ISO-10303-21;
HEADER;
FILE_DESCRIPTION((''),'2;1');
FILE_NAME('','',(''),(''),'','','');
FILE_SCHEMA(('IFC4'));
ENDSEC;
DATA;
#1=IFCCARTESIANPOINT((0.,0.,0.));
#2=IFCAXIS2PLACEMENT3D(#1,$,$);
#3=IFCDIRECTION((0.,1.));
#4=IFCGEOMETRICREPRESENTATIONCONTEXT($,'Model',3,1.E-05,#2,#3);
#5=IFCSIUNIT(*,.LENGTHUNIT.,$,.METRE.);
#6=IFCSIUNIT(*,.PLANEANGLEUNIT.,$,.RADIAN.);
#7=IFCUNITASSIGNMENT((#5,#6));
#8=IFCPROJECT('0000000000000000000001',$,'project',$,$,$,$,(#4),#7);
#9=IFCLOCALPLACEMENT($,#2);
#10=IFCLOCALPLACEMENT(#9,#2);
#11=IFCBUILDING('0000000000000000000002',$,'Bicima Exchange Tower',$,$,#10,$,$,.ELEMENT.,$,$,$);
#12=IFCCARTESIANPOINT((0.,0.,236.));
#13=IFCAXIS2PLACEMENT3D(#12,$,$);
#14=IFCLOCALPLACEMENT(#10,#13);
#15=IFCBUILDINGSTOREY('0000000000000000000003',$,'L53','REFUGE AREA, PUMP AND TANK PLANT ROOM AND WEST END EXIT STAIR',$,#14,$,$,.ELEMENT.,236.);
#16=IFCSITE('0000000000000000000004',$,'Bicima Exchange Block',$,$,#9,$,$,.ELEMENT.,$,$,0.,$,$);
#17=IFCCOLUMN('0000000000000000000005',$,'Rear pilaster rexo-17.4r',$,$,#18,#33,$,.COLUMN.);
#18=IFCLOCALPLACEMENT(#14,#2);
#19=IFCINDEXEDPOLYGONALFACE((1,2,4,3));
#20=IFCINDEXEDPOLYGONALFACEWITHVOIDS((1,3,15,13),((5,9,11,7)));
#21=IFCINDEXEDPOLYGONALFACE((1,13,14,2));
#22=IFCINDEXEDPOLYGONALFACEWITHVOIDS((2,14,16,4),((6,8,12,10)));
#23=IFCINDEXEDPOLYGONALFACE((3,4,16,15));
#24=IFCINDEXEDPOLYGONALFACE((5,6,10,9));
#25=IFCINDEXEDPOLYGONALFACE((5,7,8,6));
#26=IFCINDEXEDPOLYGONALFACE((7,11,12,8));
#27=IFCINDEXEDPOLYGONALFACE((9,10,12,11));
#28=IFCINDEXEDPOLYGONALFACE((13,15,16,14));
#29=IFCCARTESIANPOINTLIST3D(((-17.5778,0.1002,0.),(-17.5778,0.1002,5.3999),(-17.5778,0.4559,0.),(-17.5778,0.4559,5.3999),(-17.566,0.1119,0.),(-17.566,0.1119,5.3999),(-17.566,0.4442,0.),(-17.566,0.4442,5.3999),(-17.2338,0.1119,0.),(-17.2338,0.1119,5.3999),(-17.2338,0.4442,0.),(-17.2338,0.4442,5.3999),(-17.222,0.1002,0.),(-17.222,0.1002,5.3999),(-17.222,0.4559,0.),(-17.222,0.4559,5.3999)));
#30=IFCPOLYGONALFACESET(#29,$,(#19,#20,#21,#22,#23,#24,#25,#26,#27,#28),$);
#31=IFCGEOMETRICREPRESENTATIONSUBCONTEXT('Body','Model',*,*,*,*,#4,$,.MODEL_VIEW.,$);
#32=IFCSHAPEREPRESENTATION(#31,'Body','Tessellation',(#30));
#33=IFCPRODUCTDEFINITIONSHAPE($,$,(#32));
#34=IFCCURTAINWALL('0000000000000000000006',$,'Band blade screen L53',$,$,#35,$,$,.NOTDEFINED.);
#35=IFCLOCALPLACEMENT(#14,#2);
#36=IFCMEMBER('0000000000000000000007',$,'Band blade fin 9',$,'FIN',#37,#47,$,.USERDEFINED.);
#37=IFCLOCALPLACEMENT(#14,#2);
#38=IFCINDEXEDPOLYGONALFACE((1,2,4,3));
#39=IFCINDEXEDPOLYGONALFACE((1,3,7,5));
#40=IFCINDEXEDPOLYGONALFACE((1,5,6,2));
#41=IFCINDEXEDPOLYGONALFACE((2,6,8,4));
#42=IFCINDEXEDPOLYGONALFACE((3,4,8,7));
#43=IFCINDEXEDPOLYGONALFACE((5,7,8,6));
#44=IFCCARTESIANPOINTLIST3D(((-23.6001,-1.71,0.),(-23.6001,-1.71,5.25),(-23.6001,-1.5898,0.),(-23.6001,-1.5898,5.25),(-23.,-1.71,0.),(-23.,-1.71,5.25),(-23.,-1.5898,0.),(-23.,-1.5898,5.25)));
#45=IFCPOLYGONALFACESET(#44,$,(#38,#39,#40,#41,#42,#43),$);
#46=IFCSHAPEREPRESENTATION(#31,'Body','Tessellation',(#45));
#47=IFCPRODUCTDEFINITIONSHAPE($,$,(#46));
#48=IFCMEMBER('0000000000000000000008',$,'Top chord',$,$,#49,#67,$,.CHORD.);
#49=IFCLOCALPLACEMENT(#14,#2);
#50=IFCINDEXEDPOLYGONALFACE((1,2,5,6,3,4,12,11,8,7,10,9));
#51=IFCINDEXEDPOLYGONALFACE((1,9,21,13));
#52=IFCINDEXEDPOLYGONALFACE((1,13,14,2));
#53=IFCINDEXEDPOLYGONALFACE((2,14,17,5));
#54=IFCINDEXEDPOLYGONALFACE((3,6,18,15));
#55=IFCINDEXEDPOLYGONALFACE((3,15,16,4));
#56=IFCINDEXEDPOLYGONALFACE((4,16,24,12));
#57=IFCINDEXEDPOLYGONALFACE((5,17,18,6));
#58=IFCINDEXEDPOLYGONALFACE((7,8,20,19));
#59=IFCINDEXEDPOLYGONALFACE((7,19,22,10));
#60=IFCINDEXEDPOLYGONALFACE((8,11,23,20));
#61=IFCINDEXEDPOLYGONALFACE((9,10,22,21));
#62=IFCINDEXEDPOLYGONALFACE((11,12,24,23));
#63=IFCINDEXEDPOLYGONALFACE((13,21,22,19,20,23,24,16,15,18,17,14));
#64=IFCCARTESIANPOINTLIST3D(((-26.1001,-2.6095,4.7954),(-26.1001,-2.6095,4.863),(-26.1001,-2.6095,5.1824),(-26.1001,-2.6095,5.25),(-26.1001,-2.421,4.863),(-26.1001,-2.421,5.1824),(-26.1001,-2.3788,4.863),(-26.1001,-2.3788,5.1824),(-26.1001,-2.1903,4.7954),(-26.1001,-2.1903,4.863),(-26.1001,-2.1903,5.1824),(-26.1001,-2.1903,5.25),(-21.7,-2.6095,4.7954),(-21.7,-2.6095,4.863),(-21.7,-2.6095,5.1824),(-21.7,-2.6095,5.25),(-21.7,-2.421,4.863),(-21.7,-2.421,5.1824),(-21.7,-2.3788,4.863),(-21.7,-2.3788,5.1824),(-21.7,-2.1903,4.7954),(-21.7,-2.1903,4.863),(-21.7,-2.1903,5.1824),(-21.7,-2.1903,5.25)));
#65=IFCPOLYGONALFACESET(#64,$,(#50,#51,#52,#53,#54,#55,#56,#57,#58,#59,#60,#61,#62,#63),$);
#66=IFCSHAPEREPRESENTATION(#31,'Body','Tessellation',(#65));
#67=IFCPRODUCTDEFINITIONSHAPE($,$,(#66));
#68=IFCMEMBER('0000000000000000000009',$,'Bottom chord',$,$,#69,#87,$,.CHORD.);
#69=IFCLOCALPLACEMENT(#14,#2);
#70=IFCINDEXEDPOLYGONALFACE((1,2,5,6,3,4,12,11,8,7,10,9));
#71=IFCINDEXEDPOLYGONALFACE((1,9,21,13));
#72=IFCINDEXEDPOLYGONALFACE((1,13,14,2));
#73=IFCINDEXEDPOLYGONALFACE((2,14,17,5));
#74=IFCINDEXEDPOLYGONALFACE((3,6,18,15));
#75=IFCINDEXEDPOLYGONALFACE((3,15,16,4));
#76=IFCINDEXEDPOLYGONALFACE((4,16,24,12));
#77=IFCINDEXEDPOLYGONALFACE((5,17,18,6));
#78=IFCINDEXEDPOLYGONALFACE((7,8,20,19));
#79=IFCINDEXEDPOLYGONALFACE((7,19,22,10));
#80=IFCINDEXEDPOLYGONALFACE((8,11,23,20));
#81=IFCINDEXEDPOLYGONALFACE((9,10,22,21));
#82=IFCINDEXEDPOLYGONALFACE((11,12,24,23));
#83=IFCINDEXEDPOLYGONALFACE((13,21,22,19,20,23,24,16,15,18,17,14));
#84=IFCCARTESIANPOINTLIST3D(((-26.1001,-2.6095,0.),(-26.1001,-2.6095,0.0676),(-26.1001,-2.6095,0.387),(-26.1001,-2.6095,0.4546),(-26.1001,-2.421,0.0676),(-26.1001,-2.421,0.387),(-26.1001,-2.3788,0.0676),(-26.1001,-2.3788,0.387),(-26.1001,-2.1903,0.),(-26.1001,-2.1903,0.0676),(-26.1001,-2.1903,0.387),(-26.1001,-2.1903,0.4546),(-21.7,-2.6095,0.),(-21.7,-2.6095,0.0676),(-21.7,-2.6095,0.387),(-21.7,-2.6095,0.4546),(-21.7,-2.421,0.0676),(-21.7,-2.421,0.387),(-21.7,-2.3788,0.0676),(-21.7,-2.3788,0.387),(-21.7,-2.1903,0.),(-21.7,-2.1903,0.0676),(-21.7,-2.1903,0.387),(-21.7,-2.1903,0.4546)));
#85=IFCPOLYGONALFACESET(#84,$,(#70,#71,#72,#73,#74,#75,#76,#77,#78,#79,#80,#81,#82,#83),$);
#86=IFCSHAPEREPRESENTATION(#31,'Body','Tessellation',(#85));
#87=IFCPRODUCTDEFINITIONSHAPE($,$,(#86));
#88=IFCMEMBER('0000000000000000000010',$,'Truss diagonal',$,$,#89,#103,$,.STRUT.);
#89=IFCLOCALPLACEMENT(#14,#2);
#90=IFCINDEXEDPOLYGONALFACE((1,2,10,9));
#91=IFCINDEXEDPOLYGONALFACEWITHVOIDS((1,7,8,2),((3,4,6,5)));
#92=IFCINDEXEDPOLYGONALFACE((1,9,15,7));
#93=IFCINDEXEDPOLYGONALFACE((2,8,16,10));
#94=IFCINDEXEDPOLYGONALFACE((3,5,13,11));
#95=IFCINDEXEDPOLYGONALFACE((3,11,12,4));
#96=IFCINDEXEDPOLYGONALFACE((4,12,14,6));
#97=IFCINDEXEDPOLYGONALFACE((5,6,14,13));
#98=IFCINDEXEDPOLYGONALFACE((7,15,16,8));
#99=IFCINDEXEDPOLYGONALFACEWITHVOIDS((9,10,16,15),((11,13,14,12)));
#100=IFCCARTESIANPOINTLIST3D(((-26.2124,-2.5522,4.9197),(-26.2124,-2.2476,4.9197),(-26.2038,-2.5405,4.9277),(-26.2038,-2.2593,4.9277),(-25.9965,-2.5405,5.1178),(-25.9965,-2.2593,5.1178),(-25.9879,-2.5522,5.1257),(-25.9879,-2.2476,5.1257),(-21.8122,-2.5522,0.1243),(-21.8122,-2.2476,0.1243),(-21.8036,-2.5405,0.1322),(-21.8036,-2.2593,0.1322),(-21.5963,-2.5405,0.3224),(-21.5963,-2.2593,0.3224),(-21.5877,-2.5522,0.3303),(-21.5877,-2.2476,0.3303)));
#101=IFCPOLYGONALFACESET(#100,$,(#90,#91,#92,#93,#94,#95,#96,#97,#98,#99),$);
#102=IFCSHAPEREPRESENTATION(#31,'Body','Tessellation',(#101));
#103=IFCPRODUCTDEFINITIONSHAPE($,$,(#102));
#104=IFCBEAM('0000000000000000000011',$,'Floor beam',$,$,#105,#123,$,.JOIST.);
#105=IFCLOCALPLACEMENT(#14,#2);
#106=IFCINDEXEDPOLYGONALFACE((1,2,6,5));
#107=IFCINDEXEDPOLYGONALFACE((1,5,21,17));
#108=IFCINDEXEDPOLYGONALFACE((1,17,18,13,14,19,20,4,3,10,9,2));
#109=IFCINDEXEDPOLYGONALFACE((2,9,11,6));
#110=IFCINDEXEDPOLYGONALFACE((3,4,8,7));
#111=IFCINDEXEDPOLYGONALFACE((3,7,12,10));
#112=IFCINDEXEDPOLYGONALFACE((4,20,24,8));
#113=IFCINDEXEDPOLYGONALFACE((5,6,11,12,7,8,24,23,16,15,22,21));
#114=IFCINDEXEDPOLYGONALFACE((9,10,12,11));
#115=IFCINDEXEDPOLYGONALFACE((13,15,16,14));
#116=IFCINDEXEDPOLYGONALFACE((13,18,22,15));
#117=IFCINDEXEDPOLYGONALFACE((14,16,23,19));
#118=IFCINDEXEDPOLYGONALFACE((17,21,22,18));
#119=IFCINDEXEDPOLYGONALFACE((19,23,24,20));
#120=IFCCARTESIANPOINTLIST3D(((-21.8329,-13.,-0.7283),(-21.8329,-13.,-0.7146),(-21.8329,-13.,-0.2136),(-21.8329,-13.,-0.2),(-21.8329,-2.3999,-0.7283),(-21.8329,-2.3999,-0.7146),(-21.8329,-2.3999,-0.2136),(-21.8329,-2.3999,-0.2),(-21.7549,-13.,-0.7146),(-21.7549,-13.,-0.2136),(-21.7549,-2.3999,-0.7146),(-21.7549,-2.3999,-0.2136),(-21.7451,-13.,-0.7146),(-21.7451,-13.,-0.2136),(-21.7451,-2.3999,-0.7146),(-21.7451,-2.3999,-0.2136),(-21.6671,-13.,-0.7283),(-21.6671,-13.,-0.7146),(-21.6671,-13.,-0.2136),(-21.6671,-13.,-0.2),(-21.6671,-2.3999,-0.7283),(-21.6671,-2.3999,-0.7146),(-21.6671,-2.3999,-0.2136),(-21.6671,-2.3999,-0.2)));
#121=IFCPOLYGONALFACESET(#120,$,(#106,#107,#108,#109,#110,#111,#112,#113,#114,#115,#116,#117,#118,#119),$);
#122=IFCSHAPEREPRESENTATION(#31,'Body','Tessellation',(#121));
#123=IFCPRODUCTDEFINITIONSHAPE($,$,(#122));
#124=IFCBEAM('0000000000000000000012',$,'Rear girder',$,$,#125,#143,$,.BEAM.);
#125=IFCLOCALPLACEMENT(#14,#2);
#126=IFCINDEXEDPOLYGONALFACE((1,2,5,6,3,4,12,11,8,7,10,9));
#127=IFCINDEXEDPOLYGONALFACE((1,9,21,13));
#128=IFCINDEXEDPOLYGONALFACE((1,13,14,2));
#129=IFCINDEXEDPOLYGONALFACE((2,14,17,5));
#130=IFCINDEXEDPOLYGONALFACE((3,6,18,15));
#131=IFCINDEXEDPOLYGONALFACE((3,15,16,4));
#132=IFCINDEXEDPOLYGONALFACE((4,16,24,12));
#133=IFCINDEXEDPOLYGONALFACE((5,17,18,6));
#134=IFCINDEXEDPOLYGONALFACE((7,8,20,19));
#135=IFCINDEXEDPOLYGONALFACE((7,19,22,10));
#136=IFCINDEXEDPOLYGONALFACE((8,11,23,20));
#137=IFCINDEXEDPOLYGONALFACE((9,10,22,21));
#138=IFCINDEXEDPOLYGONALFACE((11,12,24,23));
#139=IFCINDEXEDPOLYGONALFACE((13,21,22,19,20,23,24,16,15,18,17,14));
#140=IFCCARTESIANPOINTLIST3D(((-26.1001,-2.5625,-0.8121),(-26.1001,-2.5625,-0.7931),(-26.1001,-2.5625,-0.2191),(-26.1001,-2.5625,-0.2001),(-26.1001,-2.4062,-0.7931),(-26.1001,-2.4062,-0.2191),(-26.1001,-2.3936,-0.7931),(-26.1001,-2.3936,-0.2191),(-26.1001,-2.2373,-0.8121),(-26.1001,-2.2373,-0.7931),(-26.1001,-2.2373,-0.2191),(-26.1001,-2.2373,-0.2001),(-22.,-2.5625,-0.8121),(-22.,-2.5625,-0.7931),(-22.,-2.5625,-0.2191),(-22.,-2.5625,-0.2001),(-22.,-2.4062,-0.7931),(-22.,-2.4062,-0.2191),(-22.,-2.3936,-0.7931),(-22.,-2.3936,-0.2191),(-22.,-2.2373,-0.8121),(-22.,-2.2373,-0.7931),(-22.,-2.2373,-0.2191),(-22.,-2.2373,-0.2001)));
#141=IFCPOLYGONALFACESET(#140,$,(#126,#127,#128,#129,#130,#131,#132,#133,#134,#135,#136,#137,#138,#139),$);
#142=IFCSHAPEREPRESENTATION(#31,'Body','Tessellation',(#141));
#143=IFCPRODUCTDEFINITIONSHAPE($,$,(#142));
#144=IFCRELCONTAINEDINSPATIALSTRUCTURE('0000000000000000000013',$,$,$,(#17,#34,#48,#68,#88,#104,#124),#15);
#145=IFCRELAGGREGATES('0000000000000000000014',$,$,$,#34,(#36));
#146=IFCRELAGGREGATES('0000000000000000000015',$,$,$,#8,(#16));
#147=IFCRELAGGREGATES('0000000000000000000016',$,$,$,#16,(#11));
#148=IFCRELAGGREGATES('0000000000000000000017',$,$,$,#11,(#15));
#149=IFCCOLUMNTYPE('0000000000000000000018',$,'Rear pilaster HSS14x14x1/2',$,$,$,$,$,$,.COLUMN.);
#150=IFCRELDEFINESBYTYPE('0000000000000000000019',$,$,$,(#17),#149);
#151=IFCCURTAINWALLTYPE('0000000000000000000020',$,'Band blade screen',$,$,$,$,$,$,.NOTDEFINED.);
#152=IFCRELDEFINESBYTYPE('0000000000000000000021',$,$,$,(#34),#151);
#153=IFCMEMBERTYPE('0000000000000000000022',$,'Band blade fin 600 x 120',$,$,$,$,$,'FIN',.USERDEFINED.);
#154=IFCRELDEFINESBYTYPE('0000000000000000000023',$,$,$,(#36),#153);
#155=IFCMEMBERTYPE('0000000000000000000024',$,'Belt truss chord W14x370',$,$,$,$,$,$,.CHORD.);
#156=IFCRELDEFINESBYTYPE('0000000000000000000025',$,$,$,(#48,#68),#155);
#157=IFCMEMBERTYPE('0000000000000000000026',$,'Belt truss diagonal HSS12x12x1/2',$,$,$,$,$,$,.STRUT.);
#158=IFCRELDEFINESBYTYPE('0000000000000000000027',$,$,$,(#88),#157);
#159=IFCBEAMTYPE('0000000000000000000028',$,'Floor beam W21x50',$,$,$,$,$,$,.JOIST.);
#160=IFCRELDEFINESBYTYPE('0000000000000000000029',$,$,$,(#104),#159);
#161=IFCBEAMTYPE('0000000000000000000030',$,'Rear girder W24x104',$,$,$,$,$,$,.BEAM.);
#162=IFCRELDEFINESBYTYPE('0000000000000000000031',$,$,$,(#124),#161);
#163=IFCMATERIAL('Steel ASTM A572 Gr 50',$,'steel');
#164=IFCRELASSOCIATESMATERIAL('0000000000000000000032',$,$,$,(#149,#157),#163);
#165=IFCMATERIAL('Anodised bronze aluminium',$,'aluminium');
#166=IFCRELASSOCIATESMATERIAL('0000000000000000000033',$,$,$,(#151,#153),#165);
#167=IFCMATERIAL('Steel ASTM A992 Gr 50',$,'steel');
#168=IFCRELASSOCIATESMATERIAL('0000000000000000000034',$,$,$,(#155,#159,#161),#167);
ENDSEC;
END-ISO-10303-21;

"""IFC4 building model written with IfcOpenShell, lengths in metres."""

from ifc_helpers import new_model, si_unit, direction, frame, origin, origin_2d, place, context, subcontext, project, spatial, rectangle, hollow_rectangle, i_section, extrude, material, material_profile, profile_set, type_object, element, aggregate, save


model = new_model("IFC4")

# Units and contexts
model_context = context("Model", 3, precision=1e-05, world=origin(), true_north=direction((0.0, 1.0)))
body_context = subcontext(model_context, "Body", "Model", "MODEL_VIEW")
ifc_project = project(units=[si_unit("LENGTHUNIT", "METRE"), si_unit("PLANEANGLEUNIT", "RADIAN")], contexts=[model_context])

# Site, building, storey
site_placement = place(None, origin())
site = spatial("IfcSite", under=ifc_project, at=site_placement, Name="Bicima Exchange Block", CompositionType="ELEMENT", RefElevation=0.0)
building_placement = place(site_placement, origin())
building = spatial("IfcBuilding", under=site, at=building_placement, Name="Bicima Exchange Tower", CompositionType="ELEMENT")
storey_placement = place(building_placement, frame((0.0, 0.0, 236.0)))
storey = spatial("IfcBuildingStorey", under=building, at=storey_placement, Name="L53", Description="REFUGE AREA, PUMP AND TANK PLANT ROOM AND WEST END EXIT STAIR", CompositionType="ELEMENT", Elevation=236.0)

# Column
ifc_material_1 = material(Name="Steel ASTM A572 Gr 50", Category="steel")
ifc_material_profile_1 = material_profile(ifc_material_1, hollow_rectangle(XDim=0.3557, YDim=0.3557, WallThickness=0.0117, at=origin_2d()))
ifc_profile_set_1 = profile_set([ifc_material_profile_1], Name="Steel ASTM A572 Gr 50")
column_type = type_object("IfcColumnType", Name="Rear pilaster HSS14x14x1/2", PredefinedType="COLUMN", material=ifc_profile_set_1)
column_placement = place(storey_placement, frame((-17.3999, 0.2781, 0.0), z_axis=(0.0, 0.0, 1.0), x_axis=(1.0, 0.0, 0.0)))
element("IfcColumn", 1, at=column_placement, inside=storey, type_object=column_type, Name="Rear pilaster rexo-17.4r", PredefinedType="COLUMN", context=body_context, shape_type="SweptSolid", body=[
    extrude(hollow_rectangle(XDim=0.3557, YDim=0.3557, WallThickness=0.0117, at=origin_2d()), origin(), (0.0, 0.0, 1.0), 5.3999),
])

# Curtain wall, member
ifc_material_2 = material(Name="Anodised bronze aluminium", Category="aluminium")
curtain_wall_type = type_object("IfcCurtainWallType", Name="Band blade screen", PredefinedType="NOTDEFINED", material=ifc_material_2)
curtain_wall_placement = place(storey_placement, origin())
curtain_wall = element("IfcCurtainWall", 2, at=curtain_wall_placement, inside=storey, type_object=curtain_wall_type, Name="Band blade screen L53", PredefinedType="NOTDEFINED")
ifc_material_profile_2 = material_profile(ifc_material_2, rectangle(XDim=0.6001, YDim=0.1201, at=origin_2d()))
ifc_profile_set_2 = profile_set([ifc_material_profile_2], Name="Anodised bronze aluminium")
member_type_1 = type_object("IfcMemberType", Name="Band blade fin 600 x 120", ElementType="FIN", PredefinedType="USERDEFINED", material=ifc_profile_set_2)
member_1_placement = place(storey_placement, frame((-23.3, -1.6499, 0.0), z_axis=(0.0, 0.0, 1.0), x_axis=(1.0, 0.0, 0.0)))
member_1 = element("IfcMember", 3, at=member_1_placement, type_object=member_type_1, Name="Band blade fin 9", ObjectType="FIN", PredefinedType="USERDEFINED", context=body_context, shape_type="SweptSolid", body=[
    extrude(rectangle(XDim=0.6001, YDim=0.1201, at=origin_2d()), origin(), (0.0, 0.0, 1.0), 5.25),
])
aggregate(curtain_wall, [member_1])

# Members
ifc_material_3 = material(Name="Steel ASTM A992 Gr 50", Category="steel")
ifc_material_profile_3 = material_profile(ifc_material_3, i_section(OverallWidth=0.4192, OverallDepth=0.4546, WebThickness=0.0422, FlangeThickness=0.0676, at=origin_2d()))
ifc_profile_set_3 = profile_set([ifc_material_profile_3], Name="Steel ASTM A992 Gr 50")
member_type_2 = type_object("IfcMemberType", Name="Belt truss chord W14x370", PredefinedType="CHORD", material=ifc_profile_set_3)
for number, where, z_axis, x_axis, name in (
    (4, (-21.7, -2.3999, 5.0227), (-1.0, 0.0, 0.0), (0.0, -1.0, 0.0), "Top chord"),
    (5, (-21.7, -2.3999, 0.2273), (-1.0, 0.0, 0.0), (0.0, -1.0, 0.0), "Bottom chord"),
):
    element("IfcMember", number, at=place(storey_placement, frame(where, z_axis=z_axis, x_axis=x_axis)), inside=storey, type_object=member_type_2, Name=name, PredefinedType="CHORD", context=body_context, shape_type="SweptSolid", body=[
        extrude(i_section(OverallWidth=0.4192, OverallDepth=0.4546, WebThickness=0.0422, FlangeThickness=0.0676, at=origin_2d()), origin(), (0.0, 0.0, 1.0), 4.4001),
    ])
ifc_material_profile_4 = material_profile(ifc_material_1, hollow_rectangle(XDim=0.3047, YDim=0.3047, WallThickness=0.0117, at=origin_2d()))
ifc_profile_set_4 = profile_set([ifc_material_profile_4], Name="Steel ASTM A572 Gr 50")
member_type_3 = type_object("IfcMemberType", Name="Belt truss diagonal HSS12x12x1/2", PredefinedType="STRUT", material=ifc_profile_set_4)
member_2_placement = place(storey_placement, frame((-21.7, -2.3999, 0.2273), z_axis=(-0.676088, 0.0, 0.736821), x_axis=(0.0, -1.0, 0.0)))
element("IfcMember", 6, at=member_2_placement, inside=storey, type_object=member_type_3, Name="Truss diagonal", PredefinedType="STRUT", context=body_context, shape_type="SweptSolid", body=[
    extrude(hollow_rectangle(XDim=0.3047, YDim=0.3047, WallThickness=0.0117, at=origin_2d()), origin(), (0.0, 0.0, 1.0), 6.5083),
])

# Beams
ifc_material_profile_5 = material_profile(ifc_material_3, i_section(OverallWidth=0.1658, OverallDepth=0.5283, WebThickness=0.0098, FlangeThickness=0.0137, at=origin_2d()))
ifc_profile_set_5 = profile_set([ifc_material_profile_5], Name="Steel ASTM A992 Gr 50")
beam_type_1 = type_object("IfcBeamType", Name="Floor beam W21x50", PredefinedType="JOIST", material=ifc_profile_set_5)
beam_1_placement = place(storey_placement, frame((-21.75, -2.3999, -0.4641), z_axis=(0.0, -1.0, 0.0), x_axis=(1.0, 0.0, 0.0)))
element("IfcBeam", 7, at=beam_1_placement, inside=storey, type_object=beam_type_1, Name="Floor beam", PredefinedType="JOIST", context=body_context, shape_type="SweptSolid", body=[
    extrude(i_section(OverallWidth=0.1658, OverallDepth=0.5283, WebThickness=0.0098, FlangeThickness=0.0137, at=origin_2d()), origin(), (0.0, 0.0, 1.0), 10.6001),
])
ifc_material_profile_6 = material_profile(ifc_material_3, i_section(OverallWidth=0.3252, OverallDepth=0.6121, WebThickness=0.0127, FlangeThickness=0.019, at=origin_2d()))
ifc_profile_set_6 = profile_set([ifc_material_profile_6], Name="Steel ASTM A992 Gr 50")
beam_type_2 = type_object("IfcBeamType", Name="Rear girder W24x104", PredefinedType="BEAM", material=ifc_profile_set_6)
beam_2_placement = place(storey_placement, frame((-22.0, -2.3999, -0.5061), z_axis=(-1.0, 0.0, 0.0), x_axis=(0.0, -1.0, 0.0)))
element("IfcBeam", 8, at=beam_2_placement, inside=storey, type_object=beam_type_2, Name="Rear girder", PredefinedType="BEAM", context=body_context, shape_type="SweptSolid", body=[
    extrude(i_section(OverallWidth=0.3252, OverallDepth=0.6121, WebThickness=0.0127, FlangeThickness=0.019, at=origin_2d()), origin(), (0.0, 0.0, 1.0), 4.1001),
])

save(model, "model.ifc")
